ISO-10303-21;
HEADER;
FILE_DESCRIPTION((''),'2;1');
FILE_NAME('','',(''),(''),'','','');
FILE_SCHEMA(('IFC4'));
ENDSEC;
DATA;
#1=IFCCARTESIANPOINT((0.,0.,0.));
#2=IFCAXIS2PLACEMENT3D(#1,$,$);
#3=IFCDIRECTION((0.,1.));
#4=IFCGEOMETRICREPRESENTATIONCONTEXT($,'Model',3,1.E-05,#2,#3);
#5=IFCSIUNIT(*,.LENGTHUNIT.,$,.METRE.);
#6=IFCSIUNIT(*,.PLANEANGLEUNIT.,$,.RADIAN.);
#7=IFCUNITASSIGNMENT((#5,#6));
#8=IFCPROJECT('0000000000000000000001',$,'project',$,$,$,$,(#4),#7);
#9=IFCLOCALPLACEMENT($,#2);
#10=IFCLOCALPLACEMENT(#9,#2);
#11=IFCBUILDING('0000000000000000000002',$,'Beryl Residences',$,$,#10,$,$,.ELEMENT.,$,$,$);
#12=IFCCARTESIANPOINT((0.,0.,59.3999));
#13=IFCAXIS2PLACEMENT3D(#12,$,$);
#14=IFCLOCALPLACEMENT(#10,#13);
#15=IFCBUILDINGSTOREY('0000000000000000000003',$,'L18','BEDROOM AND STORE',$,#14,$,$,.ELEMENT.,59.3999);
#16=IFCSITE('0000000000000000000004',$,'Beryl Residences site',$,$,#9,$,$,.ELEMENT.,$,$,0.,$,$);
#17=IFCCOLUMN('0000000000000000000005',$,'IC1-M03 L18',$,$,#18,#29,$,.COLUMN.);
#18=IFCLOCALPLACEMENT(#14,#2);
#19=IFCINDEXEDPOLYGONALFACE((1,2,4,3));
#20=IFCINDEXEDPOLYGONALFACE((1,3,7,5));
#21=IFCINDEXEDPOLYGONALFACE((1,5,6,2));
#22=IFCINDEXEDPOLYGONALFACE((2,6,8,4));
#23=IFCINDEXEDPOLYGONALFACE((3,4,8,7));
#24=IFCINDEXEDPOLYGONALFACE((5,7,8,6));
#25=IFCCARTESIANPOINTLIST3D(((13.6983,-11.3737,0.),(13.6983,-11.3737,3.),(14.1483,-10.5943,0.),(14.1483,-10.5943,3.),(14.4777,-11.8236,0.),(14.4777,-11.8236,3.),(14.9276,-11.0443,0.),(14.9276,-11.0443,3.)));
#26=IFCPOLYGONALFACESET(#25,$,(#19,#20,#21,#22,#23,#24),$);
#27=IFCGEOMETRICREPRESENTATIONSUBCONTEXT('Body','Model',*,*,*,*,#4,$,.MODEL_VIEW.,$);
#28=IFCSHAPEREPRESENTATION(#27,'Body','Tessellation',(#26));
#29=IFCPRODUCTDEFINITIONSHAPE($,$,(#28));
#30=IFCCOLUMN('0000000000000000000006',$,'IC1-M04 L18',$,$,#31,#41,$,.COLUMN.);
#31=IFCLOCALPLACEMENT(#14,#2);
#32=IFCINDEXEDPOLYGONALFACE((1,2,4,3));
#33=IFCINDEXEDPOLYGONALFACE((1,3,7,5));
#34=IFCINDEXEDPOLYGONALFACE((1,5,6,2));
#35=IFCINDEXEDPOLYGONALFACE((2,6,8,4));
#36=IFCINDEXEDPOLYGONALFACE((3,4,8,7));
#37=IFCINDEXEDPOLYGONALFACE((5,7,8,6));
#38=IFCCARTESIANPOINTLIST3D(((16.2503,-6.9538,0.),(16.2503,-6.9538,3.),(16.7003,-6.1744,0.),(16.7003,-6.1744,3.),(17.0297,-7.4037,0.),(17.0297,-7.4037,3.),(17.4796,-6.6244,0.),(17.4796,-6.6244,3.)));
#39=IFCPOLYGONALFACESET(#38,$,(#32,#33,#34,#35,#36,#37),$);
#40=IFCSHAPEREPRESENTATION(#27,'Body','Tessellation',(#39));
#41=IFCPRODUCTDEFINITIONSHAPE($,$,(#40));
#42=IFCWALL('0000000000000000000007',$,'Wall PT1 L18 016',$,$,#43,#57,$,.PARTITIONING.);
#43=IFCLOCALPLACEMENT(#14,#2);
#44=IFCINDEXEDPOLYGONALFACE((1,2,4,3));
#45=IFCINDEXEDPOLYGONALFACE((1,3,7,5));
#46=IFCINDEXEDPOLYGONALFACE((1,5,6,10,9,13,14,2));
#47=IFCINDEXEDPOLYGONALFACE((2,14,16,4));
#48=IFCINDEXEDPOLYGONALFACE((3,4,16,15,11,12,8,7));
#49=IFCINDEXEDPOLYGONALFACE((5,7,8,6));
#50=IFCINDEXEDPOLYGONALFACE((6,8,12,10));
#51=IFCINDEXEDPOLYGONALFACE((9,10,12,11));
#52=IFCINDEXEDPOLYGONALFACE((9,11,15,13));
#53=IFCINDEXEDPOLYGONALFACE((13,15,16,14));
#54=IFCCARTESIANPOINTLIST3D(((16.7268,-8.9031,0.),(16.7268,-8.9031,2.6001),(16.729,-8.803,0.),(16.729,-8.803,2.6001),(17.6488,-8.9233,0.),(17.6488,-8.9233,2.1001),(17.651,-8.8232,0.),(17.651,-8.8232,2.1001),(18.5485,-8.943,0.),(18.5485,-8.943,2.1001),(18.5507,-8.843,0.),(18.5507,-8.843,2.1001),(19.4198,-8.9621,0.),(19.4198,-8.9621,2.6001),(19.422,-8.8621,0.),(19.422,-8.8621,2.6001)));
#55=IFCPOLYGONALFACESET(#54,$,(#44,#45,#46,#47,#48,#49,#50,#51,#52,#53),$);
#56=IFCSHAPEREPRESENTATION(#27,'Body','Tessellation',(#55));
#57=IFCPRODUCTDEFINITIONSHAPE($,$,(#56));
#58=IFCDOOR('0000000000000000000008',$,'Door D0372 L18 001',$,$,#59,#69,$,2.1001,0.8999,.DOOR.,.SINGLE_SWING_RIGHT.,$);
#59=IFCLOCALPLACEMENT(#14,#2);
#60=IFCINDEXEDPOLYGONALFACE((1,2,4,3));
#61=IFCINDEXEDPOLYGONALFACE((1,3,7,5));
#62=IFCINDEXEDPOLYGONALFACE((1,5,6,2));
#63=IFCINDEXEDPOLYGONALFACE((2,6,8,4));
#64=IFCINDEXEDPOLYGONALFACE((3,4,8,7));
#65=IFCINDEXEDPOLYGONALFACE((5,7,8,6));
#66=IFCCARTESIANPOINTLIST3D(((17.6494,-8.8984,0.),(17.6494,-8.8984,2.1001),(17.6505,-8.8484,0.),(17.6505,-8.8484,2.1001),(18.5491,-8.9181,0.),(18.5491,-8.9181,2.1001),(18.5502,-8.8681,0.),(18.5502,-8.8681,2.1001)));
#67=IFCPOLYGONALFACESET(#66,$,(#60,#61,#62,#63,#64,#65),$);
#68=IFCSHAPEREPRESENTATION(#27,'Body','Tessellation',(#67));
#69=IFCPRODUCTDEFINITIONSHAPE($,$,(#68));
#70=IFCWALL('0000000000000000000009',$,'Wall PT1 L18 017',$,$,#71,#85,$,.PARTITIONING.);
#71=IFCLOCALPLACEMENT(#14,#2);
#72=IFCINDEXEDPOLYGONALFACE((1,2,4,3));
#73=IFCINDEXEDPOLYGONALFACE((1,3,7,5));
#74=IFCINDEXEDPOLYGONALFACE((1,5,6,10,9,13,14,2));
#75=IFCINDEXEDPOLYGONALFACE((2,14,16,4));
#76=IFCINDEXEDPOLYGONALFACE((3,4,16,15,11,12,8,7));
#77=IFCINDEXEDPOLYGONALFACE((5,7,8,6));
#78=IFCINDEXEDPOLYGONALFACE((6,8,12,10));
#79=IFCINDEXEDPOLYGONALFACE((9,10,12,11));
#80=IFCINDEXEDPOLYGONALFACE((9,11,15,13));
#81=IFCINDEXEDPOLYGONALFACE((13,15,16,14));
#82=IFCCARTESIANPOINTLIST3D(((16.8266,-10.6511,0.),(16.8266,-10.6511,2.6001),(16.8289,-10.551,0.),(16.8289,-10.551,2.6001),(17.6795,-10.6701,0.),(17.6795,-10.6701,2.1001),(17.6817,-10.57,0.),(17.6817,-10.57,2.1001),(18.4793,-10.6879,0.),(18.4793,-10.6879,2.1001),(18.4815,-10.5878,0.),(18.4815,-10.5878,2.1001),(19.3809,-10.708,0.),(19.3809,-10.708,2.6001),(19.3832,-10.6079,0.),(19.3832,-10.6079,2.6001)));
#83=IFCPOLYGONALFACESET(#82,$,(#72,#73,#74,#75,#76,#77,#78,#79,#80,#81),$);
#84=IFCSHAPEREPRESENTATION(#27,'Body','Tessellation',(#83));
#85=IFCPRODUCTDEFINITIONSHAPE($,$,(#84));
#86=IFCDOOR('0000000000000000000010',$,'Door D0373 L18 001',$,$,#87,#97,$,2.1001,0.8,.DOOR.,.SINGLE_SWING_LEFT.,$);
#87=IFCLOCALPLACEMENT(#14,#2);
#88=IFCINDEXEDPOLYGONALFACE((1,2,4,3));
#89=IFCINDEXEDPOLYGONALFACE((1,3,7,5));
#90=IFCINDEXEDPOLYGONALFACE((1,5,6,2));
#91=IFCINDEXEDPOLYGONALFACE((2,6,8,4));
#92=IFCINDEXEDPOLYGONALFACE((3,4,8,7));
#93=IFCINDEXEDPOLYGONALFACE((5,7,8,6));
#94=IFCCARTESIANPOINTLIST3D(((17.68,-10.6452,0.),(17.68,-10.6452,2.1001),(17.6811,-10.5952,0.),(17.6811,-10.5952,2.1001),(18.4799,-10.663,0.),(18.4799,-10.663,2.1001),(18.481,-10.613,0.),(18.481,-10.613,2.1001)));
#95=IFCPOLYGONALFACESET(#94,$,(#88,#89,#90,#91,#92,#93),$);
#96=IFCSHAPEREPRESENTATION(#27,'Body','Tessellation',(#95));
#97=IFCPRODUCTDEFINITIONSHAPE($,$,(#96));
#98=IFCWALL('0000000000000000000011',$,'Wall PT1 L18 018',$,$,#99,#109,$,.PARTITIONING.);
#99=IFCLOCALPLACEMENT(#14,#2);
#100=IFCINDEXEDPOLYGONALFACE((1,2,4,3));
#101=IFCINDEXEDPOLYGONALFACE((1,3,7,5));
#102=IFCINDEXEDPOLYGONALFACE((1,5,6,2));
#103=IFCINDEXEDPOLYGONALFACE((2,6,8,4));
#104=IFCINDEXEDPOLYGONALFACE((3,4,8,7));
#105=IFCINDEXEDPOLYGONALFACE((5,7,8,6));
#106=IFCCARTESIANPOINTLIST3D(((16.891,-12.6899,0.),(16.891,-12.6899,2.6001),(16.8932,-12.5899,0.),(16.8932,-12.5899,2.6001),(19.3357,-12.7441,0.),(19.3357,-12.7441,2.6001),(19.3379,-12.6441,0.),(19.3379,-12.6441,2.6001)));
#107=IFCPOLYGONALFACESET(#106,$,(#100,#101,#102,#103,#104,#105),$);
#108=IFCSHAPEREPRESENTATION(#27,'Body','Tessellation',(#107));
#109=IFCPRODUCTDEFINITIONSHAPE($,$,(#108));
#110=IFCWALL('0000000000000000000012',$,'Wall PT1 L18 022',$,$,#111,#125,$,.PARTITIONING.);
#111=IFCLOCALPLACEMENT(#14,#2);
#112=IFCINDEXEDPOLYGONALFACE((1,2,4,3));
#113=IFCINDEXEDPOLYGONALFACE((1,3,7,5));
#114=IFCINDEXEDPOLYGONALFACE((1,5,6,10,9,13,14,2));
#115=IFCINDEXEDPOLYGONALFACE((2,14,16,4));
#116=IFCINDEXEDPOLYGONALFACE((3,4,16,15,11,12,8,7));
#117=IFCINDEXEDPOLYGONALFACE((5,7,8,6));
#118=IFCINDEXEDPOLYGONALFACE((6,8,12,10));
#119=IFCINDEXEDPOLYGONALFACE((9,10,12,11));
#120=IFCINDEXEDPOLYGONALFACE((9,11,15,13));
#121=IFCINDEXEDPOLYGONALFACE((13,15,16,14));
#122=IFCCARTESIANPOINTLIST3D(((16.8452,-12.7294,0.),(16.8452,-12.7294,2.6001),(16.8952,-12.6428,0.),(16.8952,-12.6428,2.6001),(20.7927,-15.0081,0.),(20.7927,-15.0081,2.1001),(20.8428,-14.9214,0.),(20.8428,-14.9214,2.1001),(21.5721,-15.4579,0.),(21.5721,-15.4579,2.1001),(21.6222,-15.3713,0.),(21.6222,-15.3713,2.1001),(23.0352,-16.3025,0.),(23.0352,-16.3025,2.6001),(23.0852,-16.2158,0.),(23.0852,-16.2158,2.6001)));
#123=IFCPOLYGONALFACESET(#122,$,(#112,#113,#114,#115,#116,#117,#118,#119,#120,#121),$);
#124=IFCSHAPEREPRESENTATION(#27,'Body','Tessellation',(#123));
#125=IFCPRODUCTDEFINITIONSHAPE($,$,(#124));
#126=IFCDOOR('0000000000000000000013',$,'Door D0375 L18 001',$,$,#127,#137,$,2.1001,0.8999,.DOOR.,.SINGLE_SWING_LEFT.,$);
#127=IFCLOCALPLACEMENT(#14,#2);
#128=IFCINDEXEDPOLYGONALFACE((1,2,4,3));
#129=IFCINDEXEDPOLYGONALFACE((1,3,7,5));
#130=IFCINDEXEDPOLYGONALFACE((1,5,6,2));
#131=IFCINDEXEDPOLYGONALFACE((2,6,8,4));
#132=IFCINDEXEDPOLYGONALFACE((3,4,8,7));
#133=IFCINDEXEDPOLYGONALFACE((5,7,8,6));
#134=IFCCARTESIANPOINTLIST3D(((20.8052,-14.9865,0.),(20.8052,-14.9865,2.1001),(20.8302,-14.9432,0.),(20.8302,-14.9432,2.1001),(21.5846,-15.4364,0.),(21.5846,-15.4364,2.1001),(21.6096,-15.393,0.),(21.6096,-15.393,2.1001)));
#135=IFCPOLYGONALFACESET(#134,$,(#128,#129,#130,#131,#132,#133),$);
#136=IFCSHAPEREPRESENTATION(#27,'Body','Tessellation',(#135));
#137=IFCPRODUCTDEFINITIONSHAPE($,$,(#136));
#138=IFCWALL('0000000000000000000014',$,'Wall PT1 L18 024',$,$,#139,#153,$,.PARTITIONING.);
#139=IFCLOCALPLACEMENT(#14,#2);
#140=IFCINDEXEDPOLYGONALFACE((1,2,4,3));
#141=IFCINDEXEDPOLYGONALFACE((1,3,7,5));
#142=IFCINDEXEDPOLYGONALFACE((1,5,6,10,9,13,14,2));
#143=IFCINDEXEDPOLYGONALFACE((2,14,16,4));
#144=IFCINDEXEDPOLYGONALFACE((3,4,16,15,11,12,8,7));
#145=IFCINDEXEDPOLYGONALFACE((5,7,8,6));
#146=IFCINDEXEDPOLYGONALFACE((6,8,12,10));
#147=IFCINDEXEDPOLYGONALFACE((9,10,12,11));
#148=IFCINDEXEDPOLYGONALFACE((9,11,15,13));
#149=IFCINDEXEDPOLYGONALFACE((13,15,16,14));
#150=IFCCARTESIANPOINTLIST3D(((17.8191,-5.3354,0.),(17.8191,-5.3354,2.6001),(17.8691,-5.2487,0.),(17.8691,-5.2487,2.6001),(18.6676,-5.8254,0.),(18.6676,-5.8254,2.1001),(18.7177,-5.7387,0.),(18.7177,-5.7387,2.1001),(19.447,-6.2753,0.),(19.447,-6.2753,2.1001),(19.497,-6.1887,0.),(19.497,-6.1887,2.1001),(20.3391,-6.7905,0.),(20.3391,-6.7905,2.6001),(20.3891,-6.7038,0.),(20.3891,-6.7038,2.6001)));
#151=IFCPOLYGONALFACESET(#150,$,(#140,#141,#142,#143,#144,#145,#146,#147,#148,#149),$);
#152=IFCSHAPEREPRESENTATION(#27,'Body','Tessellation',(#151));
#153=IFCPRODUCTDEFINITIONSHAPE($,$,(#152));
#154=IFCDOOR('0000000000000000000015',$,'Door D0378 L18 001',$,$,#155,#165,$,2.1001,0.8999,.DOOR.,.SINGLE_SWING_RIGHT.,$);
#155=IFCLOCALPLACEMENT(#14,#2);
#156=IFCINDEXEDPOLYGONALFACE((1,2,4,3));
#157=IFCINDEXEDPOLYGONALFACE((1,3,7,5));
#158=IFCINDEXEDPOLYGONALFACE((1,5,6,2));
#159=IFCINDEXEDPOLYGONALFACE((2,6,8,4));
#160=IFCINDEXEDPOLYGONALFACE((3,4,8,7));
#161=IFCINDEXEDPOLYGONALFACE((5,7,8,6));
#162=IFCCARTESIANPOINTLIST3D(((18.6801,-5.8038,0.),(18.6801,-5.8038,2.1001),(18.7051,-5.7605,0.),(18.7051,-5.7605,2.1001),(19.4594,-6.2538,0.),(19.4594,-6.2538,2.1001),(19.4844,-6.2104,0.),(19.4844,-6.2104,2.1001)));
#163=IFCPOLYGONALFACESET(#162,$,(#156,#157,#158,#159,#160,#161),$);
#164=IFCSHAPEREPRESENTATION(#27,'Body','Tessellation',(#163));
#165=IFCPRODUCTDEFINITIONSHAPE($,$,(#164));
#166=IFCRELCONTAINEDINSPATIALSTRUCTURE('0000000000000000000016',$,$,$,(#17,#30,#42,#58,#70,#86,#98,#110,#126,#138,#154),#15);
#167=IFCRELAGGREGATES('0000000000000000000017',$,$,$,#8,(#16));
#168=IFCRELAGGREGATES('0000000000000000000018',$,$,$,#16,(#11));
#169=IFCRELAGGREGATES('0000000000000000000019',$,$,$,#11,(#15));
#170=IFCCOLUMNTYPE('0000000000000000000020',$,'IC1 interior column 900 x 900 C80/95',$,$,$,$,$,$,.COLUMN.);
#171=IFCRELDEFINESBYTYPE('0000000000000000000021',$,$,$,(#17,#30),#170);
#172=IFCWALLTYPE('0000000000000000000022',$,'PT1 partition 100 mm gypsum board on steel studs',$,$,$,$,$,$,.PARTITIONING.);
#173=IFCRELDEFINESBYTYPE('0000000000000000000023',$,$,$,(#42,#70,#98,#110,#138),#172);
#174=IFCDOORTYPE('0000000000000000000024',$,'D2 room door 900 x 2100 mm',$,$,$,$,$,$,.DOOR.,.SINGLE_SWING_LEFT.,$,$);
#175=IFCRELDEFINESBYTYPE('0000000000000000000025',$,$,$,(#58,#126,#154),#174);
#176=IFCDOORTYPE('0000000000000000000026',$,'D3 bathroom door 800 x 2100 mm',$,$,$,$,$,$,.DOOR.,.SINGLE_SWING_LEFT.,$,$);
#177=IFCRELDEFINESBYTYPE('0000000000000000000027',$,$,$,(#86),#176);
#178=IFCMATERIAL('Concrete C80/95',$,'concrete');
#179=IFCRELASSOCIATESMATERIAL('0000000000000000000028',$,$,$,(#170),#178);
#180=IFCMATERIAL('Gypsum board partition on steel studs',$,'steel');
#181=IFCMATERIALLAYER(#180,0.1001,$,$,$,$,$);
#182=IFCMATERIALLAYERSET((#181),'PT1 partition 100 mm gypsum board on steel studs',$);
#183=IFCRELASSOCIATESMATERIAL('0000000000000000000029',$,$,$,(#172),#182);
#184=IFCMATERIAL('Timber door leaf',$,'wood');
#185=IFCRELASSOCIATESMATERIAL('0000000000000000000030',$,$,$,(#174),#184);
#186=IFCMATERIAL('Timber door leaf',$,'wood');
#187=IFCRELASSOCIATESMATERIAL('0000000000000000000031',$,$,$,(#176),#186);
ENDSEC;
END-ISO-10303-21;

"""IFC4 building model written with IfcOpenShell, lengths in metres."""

from ifc_helpers import new_model, si_unit, direction, frame, frame_2d, origin, origin_2d, place, context, subcontext, project, spatial, rectangle, extrude, material, layer, layer_set, material_profile, profile_set, type_object, element, fill, save


model = new_model("IFC4")

# Units and contexts
model_context = context("Model", 3, precision=1e-05, world=origin(), true_north=direction((0.0, 1.0)))
body_context = subcontext(model_context, "Body", "Model", "MODEL_VIEW")
ifc_project = project(units=[si_unit("LENGTHUNIT", "METRE"), si_unit("PLANEANGLEUNIT", "RADIAN")], contexts=[model_context])

# Site, building, storey
site_placement = place(None, origin())
site = spatial("IfcSite", under=ifc_project, at=site_placement, Name="Beryl Residences site", CompositionType="ELEMENT", RefElevation=0.0)
building_placement = place(site_placement, origin())
building = spatial("IfcBuilding", under=site, at=building_placement, Name="Beryl Residences", CompositionType="ELEMENT")
storey_placement = place(building_placement, frame((0.0, 0.0, 59.3999)))
storey = spatial("IfcBuildingStorey", under=building, at=storey_placement, Name="L18", Description="BEDROOM AND STORE", CompositionType="ELEMENT", Elevation=59.3999)

# Columns
ifc_material_1 = material(Name="Concrete C80/95", Category="concrete")
ifc_material_profile = material_profile(ifc_material_1, rectangle(XDim=0.8999, YDim=0.8999, at=origin_2d()))
ifc_profile_set = profile_set([ifc_material_profile], Name="Concrete C80/95")
column_type = type_object("IfcColumnType", Name="IC1 interior column 900 x 900 C80/95", PredefinedType="COLUMN", material=ifc_profile_set)
for number, where, z_axis, x_axis, name in (
    (1, (14.313, -11.209, 0.0), (0.0, 0.0, 1.0), (0.499985, 0.866034, 0.0), "IC1-M03 L18"),
    (2, (16.865, -6.7891, 0.0), (0.0, 0.0, 1.0), (0.499985, 0.866034, 0.0), "IC1-M04 L18"),
):
    element("IfcColumn", number, at=place(storey_placement, frame(where, z_axis=z_axis, x_axis=x_axis)), inside=storey, type_object=column_type, Name=name, PredefinedType="COLUMN", context=body_context, shape_type="SweptSolid", body=[
        extrude(rectangle(XDim=0.8999, YDim=0.8999, at=origin_2d()), origin(), (0.0, 0.0, 1.0), 3.0),
    ])

# Walls, openings, doors
ifc_material_2 = material(Name="Gypsum board partition on steel studs", Category="steel")
ifc_layer_1 = layer(ifc_material_2, 0.1001)
ifc_layer_set_1 = layer_set([ifc_layer_1], Name="PT1 partition 100 mm gypsum board on steel studs")
wall_type_1 = type_object("IfcWallType", Name="PT1 partition 100 mm gypsum board on steel studs", PredefinedType="PARTITIONING", material=ifc_layer_set_1)
wall_1_placement = place(storey_placement, frame((16.728, -8.853, 0.0), z_axis=(0.0, 0.0, 1.0), x_axis=(0.999759, -0.021935, 0.0)))
wall_1 = element("IfcWall", 3, at=wall_1_placement, inside=storey, type_object=wall_type_1, Name="Wall PT1 L18 016", PredefinedType="PARTITIONING", context=body_context, shape_type="SweptSolid", body=[
    extrude(rectangle(XDim=2.6936, YDim=0.1001, at=frame_2d((1.3467, 0.0))), origin(), (0.0, 0.0, 1.0), 2.6001),
])
opening_1_placement = place(wall_1_placement, frame((0.9221, 0.0, 0.0)))
opening_1 = element("IfcOpeningElement", 4, at=opening_1_placement, cuts=wall_1, PredefinedType="OPENING", context=body_context, shape_type="SweptSolid", body=[
    extrude(rectangle(XDim=0.8999, YDim=2.1001, at=frame_2d((0.45, 1.05))), frame((0.0, 0.0601, 0.0), z_axis=(0.0, -1.0, 0.0), x_axis=(1.0, 0.0, 0.0)), (0.0, 0.0, 1.0), 0.1201),
])
ifc_material_3 = material(Name="Timber door leaf", Category="wood")
door_type_1 = type_object("IfcDoorType", Name="D2 room door 900 x 2100 mm", OperationType="SINGLE_SWING_LEFT", PredefinedType="DOOR", material=ifc_material_3)
door_1_placement = place(opening_1_placement, origin())
door_1 = element("IfcDoor", 5, at=door_1_placement, inside=storey, type_object=door_type_1, Name="Door D0372 L18 001", OperationType="SINGLE_SWING_RIGHT", OverallHeight=2.1001, OverallWidth=0.8999, PredefinedType="DOOR", context=body_context, shape_type="SweptSolid", body=[
    extrude(rectangle(XDim=0.8999, YDim=2.1001, at=frame_2d((0.45, 1.05))), frame((0.0, 0.0249, 0.0), z_axis=(0.0, -1.0, 0.0), x_axis=(1.0, 0.0, 0.0)), (0.0, 0.0, 1.0), 0.05),
])
fill(opening_1, door_1)
wall_2_placement = place(storey_placement, frame((16.8279, -10.6011, 0.0), z_axis=(0.0, 0.0, 1.0), x_axis=(0.999752, -0.022266, 0.0)))
wall_2 = element("IfcWall", 6, at=wall_2_placement, inside=storey, type_object=wall_type_1, Name="Wall PT1 L18 017", PredefinedType="PARTITIONING", context=body_context, shape_type="SweptSolid", body=[
    extrude(rectangle(XDim=2.5549, YDim=0.1001, at=frame_2d((1.2773, 0.0))), origin(), (0.0, 0.0, 1.0), 2.6001),
])
opening_2_placement = place(wall_2_placement, frame((0.853, 0.0, 0.0)))
opening_2 = element("IfcOpeningElement", 7, at=opening_2_placement, cuts=wall_2, PredefinedType="OPENING", context=body_context, shape_type="SweptSolid", body=[
    extrude(rectangle(XDim=0.8, YDim=2.1001, at=frame_2d((0.3999, 1.05))), frame((0.0, 0.0601, 0.0), z_axis=(0.0, -1.0, 0.0), x_axis=(1.0, 0.0, 0.0)), (0.0, 0.0, 1.0), 0.1201),
])
ifc_material_4 = material(Name="Timber door leaf", Category="wood")
door_type_2 = type_object("IfcDoorType", Name="D3 bathroom door 800 x 2100 mm", OperationType="SINGLE_SWING_LEFT", PredefinedType="DOOR", material=ifc_material_4)
door_2_placement = place(opening_2_placement, origin())
door_2 = element("IfcDoor", 8, at=door_2_placement, inside=storey, type_object=door_type_2, Name="Door D0373 L18 001", OperationType="SINGLE_SWING_LEFT", OverallHeight=2.1001, OverallWidth=0.8, PredefinedType="DOOR", context=body_context, shape_type="SweptSolid", body=[
    extrude(rectangle(XDim=0.8, YDim=2.1001, at=frame_2d((0.3999, 1.05))), frame((0.0, 0.0249, 0.0), z_axis=(0.0, -1.0, 0.0), x_axis=(1.0, 0.0, 0.0)), (0.0, 0.0, 1.0), 0.05),
])
fill(opening_2, door_2)

# Wall
wall_3_placement = place(storey_placement, frame((16.8921, -12.6399, 0.0), z_axis=(0.0, 0.0, 1.0), x_axis=(0.999754, -0.022164, 0.0)))
element("IfcWall", 9, at=wall_3_placement, inside=storey, type_object=wall_type_1, Name="Wall PT1 L18 018", PredefinedType="PARTITIONING", context=body_context, shape_type="SweptSolid", body=[
    extrude(rectangle(XDim=2.4453, YDim=0.1001, at=frame_2d((1.2227, 0.0))), origin(), (0.0, 0.0, 1.0), 2.6001),
])

# Walls, openings, doors
wall_4_placement = place(storey_placement, frame((16.8701, -12.686, 0.0), z_axis=(0.0, 0.0, 1.0), x_axis=(0.866072, -0.49992, 0.0)))
wall_4 = element("IfcWall", 10, at=wall_4_placement, inside=storey, type_object=wall_type_1, Name="Wall PT1 L18 022", PredefinedType="PARTITIONING", context=body_context, shape_type="SweptSolid", body=[
    extrude(rectangle(XDim=7.1472, YDim=0.1001, at=frame_2d((3.5737, 0.0))), origin(), (0.0, 0.0, 1.0), 2.6001),
])
opening_3_placement = place(wall_4_placement, frame((4.5581, 0.0, 0.0)))
opening_3 = element("IfcOpeningElement", 11, at=opening_3_placement, cuts=wall_4, PredefinedType="OPENING", context=body_context, shape_type="SweptSolid", body=[
    extrude(rectangle(XDim=0.8999, YDim=2.1001, at=frame_2d((0.45, 1.05))), frame((0.0, 0.0601, 0.0), z_axis=(0.0, -1.0, 0.0), x_axis=(1.0, 0.0, 0.0)), (0.0, 0.0, 1.0), 0.1201),
])
door_3_placement = place(opening_3_placement, origin())
door_3 = element("IfcDoor", 12, at=door_3_placement, inside=storey, type_object=door_type_1, Name="Door D0375 L18 001", OperationType="SINGLE_SWING_LEFT", OverallHeight=2.1001, OverallWidth=0.8999, PredefinedType="DOOR", context=body_context, shape_type="SweptSolid", body=[
    extrude(rectangle(XDim=0.8999, YDim=2.1001, at=frame_2d((0.45, 1.05))), frame((0.0, 0.0249, 0.0), z_axis=(0.0, -1.0, 0.0), x_axis=(1.0, 0.0, 0.0)), (0.0, 0.0, 1.0), 0.05),
])
fill(opening_3, door_3)
wall_5_placement = place(storey_placement, frame((17.844, -5.292, 0.0), z_axis=(0.0, 0.0, 1.0), x_axis=(0.866004, -0.500037, 0.0)))
wall_5 = element("IfcWall", 13, at=wall_5_placement, inside=storey, type_object=wall_type_1, Name="Wall PT1 L18 024", PredefinedType="PARTITIONING", context=body_context, shape_type="SweptSolid", body=[
    extrude(rectangle(XDim=2.9099, YDim=0.1001, at=frame_2d((1.4551, 0.0))), origin(), (0.0, 0.0, 1.0), 2.6001),
])
opening_4_placement = place(wall_5_placement, frame((0.98, 0.0, 0.0)))
opening_4 = element("IfcOpeningElement", 14, at=opening_4_placement, cuts=wall_5, PredefinedType="OPENING", context=body_context, shape_type="SweptSolid", body=[
    extrude(rectangle(XDim=0.8999, YDim=2.1001, at=frame_2d((0.45, 1.05))), frame((0.0, 0.0601, 0.0), z_axis=(0.0, -1.0, 0.0), x_axis=(1.0, 0.0, 0.0)), (0.0, 0.0, 1.0), 0.1201),
])
door_4_placement = place(opening_4_placement, origin())
door_4 = element("IfcDoor", 15, at=door_4_placement, inside=storey, type_object=door_type_1, Name="Door D0378 L18 001", OperationType="SINGLE_SWING_RIGHT", OverallHeight=2.1001, OverallWidth=0.8999, PredefinedType="DOOR", context=body_context, shape_type="SweptSolid", body=[
    extrude(rectangle(XDim=0.8999, YDim=2.1001, at=frame_2d((0.45, 1.05))), frame((0.0, 0.0249, 0.0), z_axis=(0.0, -1.0, 0.0), x_axis=(1.0, 0.0, 0.0)), (0.0, 0.0, 1.0), 0.05),
])
fill(opening_4, door_4)

save(model, "model.ifc")
